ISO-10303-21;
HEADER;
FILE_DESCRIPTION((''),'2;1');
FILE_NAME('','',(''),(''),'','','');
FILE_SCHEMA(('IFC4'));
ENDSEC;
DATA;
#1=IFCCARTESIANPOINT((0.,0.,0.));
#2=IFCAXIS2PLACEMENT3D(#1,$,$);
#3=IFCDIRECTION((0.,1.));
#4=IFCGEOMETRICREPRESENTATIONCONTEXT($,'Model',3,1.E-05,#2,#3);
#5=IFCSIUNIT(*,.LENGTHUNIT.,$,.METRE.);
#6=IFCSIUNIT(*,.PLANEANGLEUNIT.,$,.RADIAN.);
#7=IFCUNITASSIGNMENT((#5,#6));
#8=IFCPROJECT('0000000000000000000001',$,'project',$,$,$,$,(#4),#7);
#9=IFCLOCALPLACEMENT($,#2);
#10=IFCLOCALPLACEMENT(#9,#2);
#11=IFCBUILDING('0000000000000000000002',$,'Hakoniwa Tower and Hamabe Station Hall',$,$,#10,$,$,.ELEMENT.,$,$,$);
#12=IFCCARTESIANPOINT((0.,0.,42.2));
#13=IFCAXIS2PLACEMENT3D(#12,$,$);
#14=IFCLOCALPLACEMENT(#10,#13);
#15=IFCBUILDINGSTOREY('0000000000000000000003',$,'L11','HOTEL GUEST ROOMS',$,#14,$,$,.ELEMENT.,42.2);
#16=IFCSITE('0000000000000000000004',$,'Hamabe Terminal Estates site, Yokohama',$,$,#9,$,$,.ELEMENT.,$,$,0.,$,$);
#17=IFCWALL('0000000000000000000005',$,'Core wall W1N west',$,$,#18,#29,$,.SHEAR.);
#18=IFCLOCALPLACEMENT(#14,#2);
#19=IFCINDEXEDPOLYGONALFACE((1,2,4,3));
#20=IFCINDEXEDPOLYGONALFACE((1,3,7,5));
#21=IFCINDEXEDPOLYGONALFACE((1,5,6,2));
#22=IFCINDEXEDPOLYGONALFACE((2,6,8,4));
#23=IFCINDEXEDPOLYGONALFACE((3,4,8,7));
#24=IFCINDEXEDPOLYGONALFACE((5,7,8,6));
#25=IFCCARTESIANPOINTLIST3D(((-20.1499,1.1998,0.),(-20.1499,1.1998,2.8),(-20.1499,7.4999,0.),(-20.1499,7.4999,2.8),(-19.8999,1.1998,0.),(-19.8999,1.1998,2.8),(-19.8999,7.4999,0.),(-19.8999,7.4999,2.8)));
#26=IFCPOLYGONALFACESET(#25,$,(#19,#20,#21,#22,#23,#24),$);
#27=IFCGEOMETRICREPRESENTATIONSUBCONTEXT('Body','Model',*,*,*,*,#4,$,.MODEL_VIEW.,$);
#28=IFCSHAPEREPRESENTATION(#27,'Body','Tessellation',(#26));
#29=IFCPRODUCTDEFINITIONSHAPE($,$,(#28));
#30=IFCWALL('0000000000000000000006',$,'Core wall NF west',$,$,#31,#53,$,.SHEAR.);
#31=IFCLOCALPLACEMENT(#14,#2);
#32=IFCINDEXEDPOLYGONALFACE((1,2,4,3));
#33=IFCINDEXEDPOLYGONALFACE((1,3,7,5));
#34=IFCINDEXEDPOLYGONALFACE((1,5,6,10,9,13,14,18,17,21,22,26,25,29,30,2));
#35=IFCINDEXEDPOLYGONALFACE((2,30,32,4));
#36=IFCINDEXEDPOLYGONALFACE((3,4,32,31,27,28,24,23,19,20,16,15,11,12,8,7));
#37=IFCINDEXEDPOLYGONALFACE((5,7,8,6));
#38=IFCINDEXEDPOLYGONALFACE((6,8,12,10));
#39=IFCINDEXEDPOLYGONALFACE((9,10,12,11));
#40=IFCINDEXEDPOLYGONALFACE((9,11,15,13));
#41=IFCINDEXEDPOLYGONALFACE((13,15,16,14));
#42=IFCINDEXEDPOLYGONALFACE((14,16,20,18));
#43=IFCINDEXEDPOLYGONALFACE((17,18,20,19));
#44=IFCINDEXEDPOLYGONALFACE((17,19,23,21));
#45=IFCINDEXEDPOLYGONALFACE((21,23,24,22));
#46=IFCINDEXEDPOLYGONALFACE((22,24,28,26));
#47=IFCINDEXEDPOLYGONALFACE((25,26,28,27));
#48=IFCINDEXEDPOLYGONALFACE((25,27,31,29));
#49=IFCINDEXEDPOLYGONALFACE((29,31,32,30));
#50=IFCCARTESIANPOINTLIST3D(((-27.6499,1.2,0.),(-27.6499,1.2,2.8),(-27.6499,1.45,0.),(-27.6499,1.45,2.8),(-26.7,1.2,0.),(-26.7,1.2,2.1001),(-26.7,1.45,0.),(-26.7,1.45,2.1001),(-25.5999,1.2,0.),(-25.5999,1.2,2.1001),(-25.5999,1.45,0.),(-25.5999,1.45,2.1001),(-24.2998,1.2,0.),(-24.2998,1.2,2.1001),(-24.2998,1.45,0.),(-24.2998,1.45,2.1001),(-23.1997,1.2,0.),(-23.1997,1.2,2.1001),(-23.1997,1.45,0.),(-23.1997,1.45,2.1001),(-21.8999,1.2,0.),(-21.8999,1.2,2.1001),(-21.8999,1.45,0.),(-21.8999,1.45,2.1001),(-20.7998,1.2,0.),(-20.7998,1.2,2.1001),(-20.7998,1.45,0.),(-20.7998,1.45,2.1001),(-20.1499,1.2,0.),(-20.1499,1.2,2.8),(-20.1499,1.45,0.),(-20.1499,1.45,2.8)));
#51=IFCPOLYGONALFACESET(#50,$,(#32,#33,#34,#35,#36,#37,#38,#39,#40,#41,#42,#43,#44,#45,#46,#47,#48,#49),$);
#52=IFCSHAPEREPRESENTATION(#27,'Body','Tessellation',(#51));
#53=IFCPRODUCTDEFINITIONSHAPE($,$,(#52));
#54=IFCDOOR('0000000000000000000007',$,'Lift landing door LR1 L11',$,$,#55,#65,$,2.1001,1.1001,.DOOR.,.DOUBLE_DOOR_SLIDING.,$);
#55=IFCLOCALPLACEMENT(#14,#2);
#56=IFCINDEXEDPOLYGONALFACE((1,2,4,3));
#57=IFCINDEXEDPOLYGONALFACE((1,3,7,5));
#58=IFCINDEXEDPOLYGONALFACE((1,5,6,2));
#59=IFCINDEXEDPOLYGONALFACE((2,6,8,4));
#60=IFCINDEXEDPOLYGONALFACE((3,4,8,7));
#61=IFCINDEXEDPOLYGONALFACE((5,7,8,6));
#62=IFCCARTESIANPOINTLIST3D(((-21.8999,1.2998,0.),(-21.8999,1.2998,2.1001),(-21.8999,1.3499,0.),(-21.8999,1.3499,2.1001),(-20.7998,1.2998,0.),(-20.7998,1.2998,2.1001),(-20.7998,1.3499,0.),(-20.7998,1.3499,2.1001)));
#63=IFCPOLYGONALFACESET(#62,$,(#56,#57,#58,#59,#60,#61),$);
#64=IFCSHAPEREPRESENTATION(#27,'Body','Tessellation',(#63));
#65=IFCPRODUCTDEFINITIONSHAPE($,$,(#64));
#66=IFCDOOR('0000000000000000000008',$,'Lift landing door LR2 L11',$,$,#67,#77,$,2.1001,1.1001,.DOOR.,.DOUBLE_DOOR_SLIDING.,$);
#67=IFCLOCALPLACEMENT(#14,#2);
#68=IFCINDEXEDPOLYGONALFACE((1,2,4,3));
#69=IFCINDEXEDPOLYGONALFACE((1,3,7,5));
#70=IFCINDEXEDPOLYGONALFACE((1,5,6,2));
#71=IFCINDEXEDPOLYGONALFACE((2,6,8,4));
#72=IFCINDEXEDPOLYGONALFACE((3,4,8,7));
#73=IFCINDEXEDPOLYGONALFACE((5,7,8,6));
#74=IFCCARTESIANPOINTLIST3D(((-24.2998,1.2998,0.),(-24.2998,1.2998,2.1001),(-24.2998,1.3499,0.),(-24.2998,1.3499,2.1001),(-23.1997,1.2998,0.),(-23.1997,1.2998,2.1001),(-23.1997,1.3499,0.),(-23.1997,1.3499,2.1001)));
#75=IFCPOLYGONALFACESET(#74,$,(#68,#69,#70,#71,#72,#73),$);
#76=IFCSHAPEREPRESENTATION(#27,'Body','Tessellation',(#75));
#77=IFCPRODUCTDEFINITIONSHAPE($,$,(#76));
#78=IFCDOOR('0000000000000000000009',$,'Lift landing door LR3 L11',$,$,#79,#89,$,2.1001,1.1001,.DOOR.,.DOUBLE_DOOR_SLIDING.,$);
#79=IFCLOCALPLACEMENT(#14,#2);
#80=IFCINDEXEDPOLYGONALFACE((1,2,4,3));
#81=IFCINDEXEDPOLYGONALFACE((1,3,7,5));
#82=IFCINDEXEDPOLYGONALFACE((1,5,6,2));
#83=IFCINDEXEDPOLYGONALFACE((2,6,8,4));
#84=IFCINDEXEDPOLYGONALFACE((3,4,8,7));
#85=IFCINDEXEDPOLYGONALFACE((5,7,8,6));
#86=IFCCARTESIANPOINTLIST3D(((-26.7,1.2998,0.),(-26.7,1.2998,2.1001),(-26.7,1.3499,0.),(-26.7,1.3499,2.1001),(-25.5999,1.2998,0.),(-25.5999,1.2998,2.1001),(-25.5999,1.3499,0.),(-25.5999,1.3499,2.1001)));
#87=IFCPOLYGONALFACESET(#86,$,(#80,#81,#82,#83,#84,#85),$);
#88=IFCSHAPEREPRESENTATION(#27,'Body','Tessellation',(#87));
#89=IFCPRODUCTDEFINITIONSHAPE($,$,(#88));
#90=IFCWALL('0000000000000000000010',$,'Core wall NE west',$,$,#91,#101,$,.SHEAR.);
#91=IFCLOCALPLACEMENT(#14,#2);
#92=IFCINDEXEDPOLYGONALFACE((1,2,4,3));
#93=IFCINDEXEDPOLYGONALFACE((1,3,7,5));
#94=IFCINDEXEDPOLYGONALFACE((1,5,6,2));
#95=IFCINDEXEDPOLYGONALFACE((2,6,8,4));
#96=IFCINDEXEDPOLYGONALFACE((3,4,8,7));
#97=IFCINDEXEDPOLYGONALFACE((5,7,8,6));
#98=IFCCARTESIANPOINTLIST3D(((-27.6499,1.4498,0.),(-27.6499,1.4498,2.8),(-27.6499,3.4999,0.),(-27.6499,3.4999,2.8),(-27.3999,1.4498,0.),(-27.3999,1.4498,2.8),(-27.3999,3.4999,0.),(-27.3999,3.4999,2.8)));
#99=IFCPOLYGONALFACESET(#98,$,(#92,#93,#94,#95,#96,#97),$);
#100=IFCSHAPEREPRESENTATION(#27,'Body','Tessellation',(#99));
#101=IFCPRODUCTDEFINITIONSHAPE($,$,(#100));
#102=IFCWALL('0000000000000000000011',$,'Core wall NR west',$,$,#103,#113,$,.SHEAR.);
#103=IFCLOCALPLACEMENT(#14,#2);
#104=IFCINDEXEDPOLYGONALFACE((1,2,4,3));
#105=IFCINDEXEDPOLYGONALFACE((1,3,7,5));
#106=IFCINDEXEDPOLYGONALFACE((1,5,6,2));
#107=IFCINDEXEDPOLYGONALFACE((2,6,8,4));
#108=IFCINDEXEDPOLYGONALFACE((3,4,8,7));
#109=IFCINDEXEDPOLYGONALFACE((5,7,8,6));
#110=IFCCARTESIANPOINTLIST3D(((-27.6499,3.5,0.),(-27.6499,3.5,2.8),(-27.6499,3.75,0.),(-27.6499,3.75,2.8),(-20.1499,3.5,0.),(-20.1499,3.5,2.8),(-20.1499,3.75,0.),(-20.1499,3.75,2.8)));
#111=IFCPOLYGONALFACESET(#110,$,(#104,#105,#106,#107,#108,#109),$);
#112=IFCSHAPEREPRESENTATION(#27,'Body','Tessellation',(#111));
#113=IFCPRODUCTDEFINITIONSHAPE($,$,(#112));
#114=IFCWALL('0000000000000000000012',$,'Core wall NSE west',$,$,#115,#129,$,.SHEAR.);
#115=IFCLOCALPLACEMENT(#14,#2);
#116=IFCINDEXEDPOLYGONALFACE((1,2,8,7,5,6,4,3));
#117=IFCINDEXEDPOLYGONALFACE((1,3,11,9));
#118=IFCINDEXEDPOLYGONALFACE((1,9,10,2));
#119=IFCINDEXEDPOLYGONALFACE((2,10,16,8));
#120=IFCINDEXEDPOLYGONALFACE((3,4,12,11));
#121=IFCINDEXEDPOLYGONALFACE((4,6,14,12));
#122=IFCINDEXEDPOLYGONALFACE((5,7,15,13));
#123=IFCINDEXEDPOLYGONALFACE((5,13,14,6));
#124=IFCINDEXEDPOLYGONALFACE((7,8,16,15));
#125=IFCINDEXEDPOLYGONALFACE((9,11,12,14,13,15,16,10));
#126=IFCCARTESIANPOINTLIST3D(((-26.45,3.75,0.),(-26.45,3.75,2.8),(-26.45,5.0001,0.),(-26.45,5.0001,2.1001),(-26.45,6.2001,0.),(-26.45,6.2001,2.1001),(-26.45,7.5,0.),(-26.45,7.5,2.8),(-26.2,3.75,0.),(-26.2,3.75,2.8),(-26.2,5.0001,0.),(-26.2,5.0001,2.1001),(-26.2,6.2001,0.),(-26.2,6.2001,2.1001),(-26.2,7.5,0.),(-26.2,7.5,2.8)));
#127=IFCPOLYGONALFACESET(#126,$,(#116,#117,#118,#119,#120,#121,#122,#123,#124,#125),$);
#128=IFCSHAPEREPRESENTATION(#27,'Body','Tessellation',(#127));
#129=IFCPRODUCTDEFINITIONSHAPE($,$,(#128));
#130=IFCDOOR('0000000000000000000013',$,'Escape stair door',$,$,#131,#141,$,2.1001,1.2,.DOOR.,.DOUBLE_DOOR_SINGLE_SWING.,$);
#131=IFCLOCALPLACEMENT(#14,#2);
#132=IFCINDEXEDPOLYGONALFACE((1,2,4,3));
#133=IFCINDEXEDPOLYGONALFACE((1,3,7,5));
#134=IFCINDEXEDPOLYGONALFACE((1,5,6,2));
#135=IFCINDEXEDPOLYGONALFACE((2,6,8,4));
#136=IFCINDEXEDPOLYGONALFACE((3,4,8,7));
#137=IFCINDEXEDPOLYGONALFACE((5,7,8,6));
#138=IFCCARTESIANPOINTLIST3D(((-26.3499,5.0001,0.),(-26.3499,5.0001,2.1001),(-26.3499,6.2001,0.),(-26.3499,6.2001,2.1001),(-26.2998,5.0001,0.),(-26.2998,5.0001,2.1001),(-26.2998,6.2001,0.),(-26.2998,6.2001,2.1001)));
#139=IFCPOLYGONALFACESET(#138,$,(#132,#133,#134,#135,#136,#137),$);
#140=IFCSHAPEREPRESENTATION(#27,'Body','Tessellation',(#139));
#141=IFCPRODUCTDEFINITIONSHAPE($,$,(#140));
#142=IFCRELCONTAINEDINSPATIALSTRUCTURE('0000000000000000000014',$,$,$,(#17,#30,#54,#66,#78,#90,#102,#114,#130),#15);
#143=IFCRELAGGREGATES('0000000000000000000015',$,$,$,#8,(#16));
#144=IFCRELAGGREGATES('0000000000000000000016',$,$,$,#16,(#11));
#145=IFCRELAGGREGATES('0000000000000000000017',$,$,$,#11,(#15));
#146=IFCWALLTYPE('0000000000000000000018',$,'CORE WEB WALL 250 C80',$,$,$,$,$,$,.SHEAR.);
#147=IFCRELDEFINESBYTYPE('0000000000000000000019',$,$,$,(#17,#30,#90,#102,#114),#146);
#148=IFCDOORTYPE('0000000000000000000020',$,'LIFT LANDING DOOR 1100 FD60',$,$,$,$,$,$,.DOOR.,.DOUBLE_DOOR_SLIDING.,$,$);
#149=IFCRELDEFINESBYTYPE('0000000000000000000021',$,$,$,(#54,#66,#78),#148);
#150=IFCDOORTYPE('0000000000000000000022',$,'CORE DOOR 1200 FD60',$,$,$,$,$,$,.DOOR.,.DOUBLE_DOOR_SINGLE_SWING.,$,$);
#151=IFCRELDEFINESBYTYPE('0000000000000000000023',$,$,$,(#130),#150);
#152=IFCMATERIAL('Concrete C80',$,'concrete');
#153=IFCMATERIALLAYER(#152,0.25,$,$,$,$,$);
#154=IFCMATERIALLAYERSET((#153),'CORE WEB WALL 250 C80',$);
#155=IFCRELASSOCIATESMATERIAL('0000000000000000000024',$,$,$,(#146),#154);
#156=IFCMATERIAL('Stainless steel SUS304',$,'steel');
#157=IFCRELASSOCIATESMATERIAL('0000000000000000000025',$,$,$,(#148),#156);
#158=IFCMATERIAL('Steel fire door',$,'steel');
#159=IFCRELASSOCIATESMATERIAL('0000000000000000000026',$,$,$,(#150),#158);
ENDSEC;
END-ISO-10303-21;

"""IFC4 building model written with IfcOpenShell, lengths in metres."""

from ifc_helpers import new_model, si_unit, direction, frame, frame_2d, origin, place, context, subcontext, project, spatial, rectangle, extrude, material, layer, layer_set, type_object, element, fill, save


model = new_model("IFC4")

# Units and contexts
model_context = context("Model", 3, precision=1e-05, world=origin(), true_north=direction((0.0, 1.0)))
body_context = subcontext(model_context, "Body", "Model", "MODEL_VIEW")
ifc_project = project(units=[si_unit("LENGTHUNIT", "METRE"), si_unit("PLANEANGLEUNIT", "RADIAN")], contexts=[model_context])

# Site, building, storey
site_placement = place(None, origin())
site = spatial("IfcSite", under=ifc_project, at=site_placement, Name="Hamabe Terminal Estates site, Yokohama", CompositionType="ELEMENT", RefElevation=0.0)
building_placement = place(site_placement, origin())
building = spatial("IfcBuilding", under=site, at=building_placement, Name="Hakoniwa Tower and Hamabe Station Hall", CompositionType="ELEMENT")
storey_placement = place(building_placement, frame((0.0, 0.0, 42.2)))
storey = spatial("IfcBuildingStorey", under=building, at=storey_placement, Name="L11", Description="HOTEL GUEST ROOMS", CompositionType="ELEMENT", Elevation=42.2)

# Wall
ifc_material_1 = material(Name="Concrete C80", Category="concrete")
ifc_layer_1 = layer(ifc_material_1, 0.25)
ifc_layer_set_1 = layer_set([ifc_layer_1], Name="CORE WEB WALL 250 C80")
wall_type_1 = type_object("IfcWallType", Name="CORE WEB WALL 250 C80", PredefinedType="SHEAR", material=ifc_layer_set_1)
wall_1_placement = place(storey_placement, frame((-20.0249, 1.2, 0.0), z_axis=(0.0, 0.0, 1.0), x_axis=(0.0, 1.0, 0.0)))
element("IfcWall", 1, at=wall_1_placement, inside=storey, type_object=wall_type_1, Name="Core wall W1N west", PredefinedType="SHEAR", context=body_context, shape_type="SweptSolid", body=[
    extrude(rectangle(XDim=6.3, YDim=0.25, at=frame_2d((3.1499, 0.0))), origin(), (0.0, 0.0, 1.0), 2.8),
])

# Wall, openings, doors
wall_2_placement = place(storey_placement, frame((-27.6499, 1.325, 0.0), z_axis=(0.0, 0.0, 1.0), x_axis=(1.0, 0.0, 0.0)))
wall_2 = element("IfcWall", 2, at=wall_2_placement, inside=storey, type_object=wall_type_1, Name="Core wall NF west", PredefinedType="SHEAR", context=body_context, shape_type="SweptSolid", body=[
    extrude(rectangle(XDim=7.5, YDim=0.25, at=frame_2d((3.75, 0.0))), origin(), (0.0, 0.0, 1.0), 2.8),
])
opening_1_placement = place(wall_2_placement, frame((5.75, 0.0, 0.0)))
opening_1 = element("IfcOpeningElement", 3, at=opening_1_placement, cuts=wall_2, PredefinedType="OPENING", context=body_context, shape_type="SweptSolid", body=[
    extrude(rectangle(XDim=1.1001, YDim=2.1001, at=frame_2d((0.55, 1.05))), frame((0.0, 0.135, 0.0), z_axis=(0.0, -1.0, 0.0), x_axis=(1.0, 0.0, 0.0)), (0.0, 0.0, 1.0), 0.27),
])
opening_2_placement = place(wall_2_placement, frame((3.3501, 0.0, 0.0)))
opening_2 = element("IfcOpeningElement", 4, at=opening_2_placement, cuts=wall_2, PredefinedType="OPENING", context=body_context, shape_type="SweptSolid", body=[
    extrude(rectangle(XDim=1.1001, YDim=2.1001, at=frame_2d((0.55, 1.05))), frame((0.0, 0.135, 0.0), z_axis=(0.0, -1.0, 0.0), x_axis=(1.0, 0.0, 0.0)), (0.0, 0.0, 1.0), 0.27),
])
opening_3_placement = place(wall_2_placement, frame((0.95, 0.0, 0.0)))
opening_3 = element("IfcOpeningElement", 5, at=opening_3_placement, cuts=wall_2, PredefinedType="OPENING", context=body_context, shape_type="SweptSolid", body=[
    extrude(rectangle(XDim=1.1001, YDim=2.1001, at=frame_2d((0.55, 1.05))), frame((0.0, 0.135, 0.0), z_axis=(0.0, -1.0, 0.0), x_axis=(1.0, 0.0, 0.0)), (0.0, 0.0, 1.0), 0.27),
])
ifc_material_2 = material(Name="Stainless steel SUS304", Category="steel")
door_type_1 = type_object("IfcDoorType", Name="LIFT LANDING DOOR 1100 FD60", OperationType="DOUBLE_DOOR_SLIDING", PredefinedType="DOOR", material=ifc_material_2)
door_1_placement = place(opening_1_placement, origin())
door_1 = element("IfcDoor", 6, at=door_1_placement, inside=storey, type_object=door_type_1, Name="Lift landing door LR1 L11", OperationType="DOUBLE_DOOR_SLIDING", OverallHeight=2.1001, OverallWidth=1.1001, PredefinedType="DOOR", context=body_context, shape_type="SweptSolid", body=[
    extrude(rectangle(XDim=1.1001, YDim=2.1001, at=frame_2d((0.55, 1.05))), frame((0.0, 0.0249, 0.0), z_axis=(0.0, -1.0, 0.0), x_axis=(1.0, 0.0, 0.0)), (0.0, 0.0, 1.0), 0.05),
])
fill(opening_1, door_1)
door_2_placement = place(opening_2_placement, origin())
door_2 = element("IfcDoor", 7, at=door_2_placement, inside=storey, type_object=door_type_1, Name="Lift landing door LR2 L11", OperationType="DOUBLE_DOOR_SLIDING", OverallHeight=2.1001, OverallWidth=1.1001, PredefinedType="DOOR", context=body_context, shape_type="SweptSolid", body=[
    extrude(rectangle(XDim=1.1001, YDim=2.1001, at=frame_2d((0.55, 1.05))), frame((0.0, 0.0249, 0.0), z_axis=(0.0, -1.0, 0.0), x_axis=(1.0, 0.0, 0.0)), (0.0, 0.0, 1.0), 0.05),
])
fill(opening_2, door_2)
door_3_placement = place(opening_3_placement, origin())
door_3 = element("IfcDoor", 8, at=door_3_placement, inside=storey, type_object=door_type_1, Name="Lift landing door LR3 L11", OperationType="DOUBLE_DOOR_SLIDING", OverallHeight=2.1001, OverallWidth=1.1001, PredefinedType="DOOR", context=body_context, shape_type="SweptSolid", body=[
    extrude(rectangle(XDim=1.1001, YDim=2.1001, at=frame_2d((0.55, 1.05))), frame((0.0, 0.0249, 0.0), z_axis=(0.0, -1.0, 0.0), x_axis=(1.0, 0.0, 0.0)), (0.0, 0.0, 1.0), 0.05),
])
fill(opening_3, door_3)

# Walls
wall_3_placement = place(storey_placement, frame((-27.5249, 1.45, 0.0), z_axis=(0.0, 0.0, 1.0), x_axis=(0.0, 1.0, 0.0)))
element("IfcWall", 9, at=wall_3_placement, inside=storey, type_object=wall_type_1, Name="Core wall NE west", PredefinedType="SHEAR", context=body_context, shape_type="SweptSolid", body=[
    extrude(rectangle(XDim=2.05, YDim=0.25, at=frame_2d((1.0249, 0.0))), origin(), (0.0, 0.0, 1.0), 2.8),
])
wall_4_placement = place(storey_placement, frame((-27.6499, 3.625, 0.0), z_axis=(0.0, 0.0, 1.0), x_axis=(1.0, 0.0, 0.0)))
element("IfcWall", 10, at=wall_4_placement, inside=storey, type_object=wall_type_1, Name="Core wall NR west", PredefinedType="SHEAR", context=body_context, shape_type="SweptSolid", body=[
    extrude(rectangle(XDim=7.5, YDim=0.25, at=frame_2d((3.75, 0.0))), origin(), (0.0, 0.0, 1.0), 2.8),
])

# Wall, opening, door
wall_5_placement = place(storey_placement, frame((-26.325, 3.75, 0.0), z_axis=(0.0, 0.0, 1.0), x_axis=(0.0, 1.0, 0.0)))
wall_5 = element("IfcWall", 11, at=wall_5_placement, inside=storey, type_object=wall_type_1, Name="Core wall NSE west", PredefinedType="SHEAR", context=body_context, shape_type="SweptSolid", body=[
    extrude(rectangle(XDim=3.75, YDim=0.25, at=frame_2d((1.875, 0.0))), origin(), (0.0, 0.0, 1.0), 2.8),
])
opening_4_placement = place(wall_5_placement, frame((1.25, 0.0, 0.0)))
opening_4 = element("IfcOpeningElement", 12, at=opening_4_placement, cuts=wall_5, PredefinedType="OPENING", context=body_context, shape_type="SweptSolid", body=[
    extrude(rectangle(XDim=1.2, YDim=2.1001, at=frame_2d((0.6001, 1.05))), frame((0.0, 0.135, 0.0), z_axis=(0.0, -1.0, 0.0), x_axis=(1.0, 0.0, 0.0)), (0.0, 0.0, 1.0), 0.27),
])
ifc_material_3 = material(Name="Steel fire door", Category="steel")
door_type_2 = type_object("IfcDoorType", Name="CORE DOOR 1200 FD60", OperationType="DOUBLE_DOOR_SINGLE_SWING", PredefinedType="DOOR", material=ifc_material_3)
door_4_placement = place(opening_4_placement, origin())
door_4 = element("IfcDoor", 13, at=door_4_placement, inside=storey, type_object=door_type_2, Name="Escape stair door", OperationType="DOUBLE_DOOR_SINGLE_SWING", OverallHeight=2.1001, OverallWidth=1.2, PredefinedType="DOOR", context=body_context, shape_type="SweptSolid", body=[
    extrude(rectangle(XDim=1.2, YDim=2.1001, at=frame_2d((0.6001, 1.05))), frame((0.0, 0.0249, 0.0), z_axis=(0.0, -1.0, 0.0), x_axis=(1.0, 0.0, 0.0)), (0.0, 0.0, 1.0), 0.05),
])
fill(opening_4, door_4)

save(model, "model.ifc")
